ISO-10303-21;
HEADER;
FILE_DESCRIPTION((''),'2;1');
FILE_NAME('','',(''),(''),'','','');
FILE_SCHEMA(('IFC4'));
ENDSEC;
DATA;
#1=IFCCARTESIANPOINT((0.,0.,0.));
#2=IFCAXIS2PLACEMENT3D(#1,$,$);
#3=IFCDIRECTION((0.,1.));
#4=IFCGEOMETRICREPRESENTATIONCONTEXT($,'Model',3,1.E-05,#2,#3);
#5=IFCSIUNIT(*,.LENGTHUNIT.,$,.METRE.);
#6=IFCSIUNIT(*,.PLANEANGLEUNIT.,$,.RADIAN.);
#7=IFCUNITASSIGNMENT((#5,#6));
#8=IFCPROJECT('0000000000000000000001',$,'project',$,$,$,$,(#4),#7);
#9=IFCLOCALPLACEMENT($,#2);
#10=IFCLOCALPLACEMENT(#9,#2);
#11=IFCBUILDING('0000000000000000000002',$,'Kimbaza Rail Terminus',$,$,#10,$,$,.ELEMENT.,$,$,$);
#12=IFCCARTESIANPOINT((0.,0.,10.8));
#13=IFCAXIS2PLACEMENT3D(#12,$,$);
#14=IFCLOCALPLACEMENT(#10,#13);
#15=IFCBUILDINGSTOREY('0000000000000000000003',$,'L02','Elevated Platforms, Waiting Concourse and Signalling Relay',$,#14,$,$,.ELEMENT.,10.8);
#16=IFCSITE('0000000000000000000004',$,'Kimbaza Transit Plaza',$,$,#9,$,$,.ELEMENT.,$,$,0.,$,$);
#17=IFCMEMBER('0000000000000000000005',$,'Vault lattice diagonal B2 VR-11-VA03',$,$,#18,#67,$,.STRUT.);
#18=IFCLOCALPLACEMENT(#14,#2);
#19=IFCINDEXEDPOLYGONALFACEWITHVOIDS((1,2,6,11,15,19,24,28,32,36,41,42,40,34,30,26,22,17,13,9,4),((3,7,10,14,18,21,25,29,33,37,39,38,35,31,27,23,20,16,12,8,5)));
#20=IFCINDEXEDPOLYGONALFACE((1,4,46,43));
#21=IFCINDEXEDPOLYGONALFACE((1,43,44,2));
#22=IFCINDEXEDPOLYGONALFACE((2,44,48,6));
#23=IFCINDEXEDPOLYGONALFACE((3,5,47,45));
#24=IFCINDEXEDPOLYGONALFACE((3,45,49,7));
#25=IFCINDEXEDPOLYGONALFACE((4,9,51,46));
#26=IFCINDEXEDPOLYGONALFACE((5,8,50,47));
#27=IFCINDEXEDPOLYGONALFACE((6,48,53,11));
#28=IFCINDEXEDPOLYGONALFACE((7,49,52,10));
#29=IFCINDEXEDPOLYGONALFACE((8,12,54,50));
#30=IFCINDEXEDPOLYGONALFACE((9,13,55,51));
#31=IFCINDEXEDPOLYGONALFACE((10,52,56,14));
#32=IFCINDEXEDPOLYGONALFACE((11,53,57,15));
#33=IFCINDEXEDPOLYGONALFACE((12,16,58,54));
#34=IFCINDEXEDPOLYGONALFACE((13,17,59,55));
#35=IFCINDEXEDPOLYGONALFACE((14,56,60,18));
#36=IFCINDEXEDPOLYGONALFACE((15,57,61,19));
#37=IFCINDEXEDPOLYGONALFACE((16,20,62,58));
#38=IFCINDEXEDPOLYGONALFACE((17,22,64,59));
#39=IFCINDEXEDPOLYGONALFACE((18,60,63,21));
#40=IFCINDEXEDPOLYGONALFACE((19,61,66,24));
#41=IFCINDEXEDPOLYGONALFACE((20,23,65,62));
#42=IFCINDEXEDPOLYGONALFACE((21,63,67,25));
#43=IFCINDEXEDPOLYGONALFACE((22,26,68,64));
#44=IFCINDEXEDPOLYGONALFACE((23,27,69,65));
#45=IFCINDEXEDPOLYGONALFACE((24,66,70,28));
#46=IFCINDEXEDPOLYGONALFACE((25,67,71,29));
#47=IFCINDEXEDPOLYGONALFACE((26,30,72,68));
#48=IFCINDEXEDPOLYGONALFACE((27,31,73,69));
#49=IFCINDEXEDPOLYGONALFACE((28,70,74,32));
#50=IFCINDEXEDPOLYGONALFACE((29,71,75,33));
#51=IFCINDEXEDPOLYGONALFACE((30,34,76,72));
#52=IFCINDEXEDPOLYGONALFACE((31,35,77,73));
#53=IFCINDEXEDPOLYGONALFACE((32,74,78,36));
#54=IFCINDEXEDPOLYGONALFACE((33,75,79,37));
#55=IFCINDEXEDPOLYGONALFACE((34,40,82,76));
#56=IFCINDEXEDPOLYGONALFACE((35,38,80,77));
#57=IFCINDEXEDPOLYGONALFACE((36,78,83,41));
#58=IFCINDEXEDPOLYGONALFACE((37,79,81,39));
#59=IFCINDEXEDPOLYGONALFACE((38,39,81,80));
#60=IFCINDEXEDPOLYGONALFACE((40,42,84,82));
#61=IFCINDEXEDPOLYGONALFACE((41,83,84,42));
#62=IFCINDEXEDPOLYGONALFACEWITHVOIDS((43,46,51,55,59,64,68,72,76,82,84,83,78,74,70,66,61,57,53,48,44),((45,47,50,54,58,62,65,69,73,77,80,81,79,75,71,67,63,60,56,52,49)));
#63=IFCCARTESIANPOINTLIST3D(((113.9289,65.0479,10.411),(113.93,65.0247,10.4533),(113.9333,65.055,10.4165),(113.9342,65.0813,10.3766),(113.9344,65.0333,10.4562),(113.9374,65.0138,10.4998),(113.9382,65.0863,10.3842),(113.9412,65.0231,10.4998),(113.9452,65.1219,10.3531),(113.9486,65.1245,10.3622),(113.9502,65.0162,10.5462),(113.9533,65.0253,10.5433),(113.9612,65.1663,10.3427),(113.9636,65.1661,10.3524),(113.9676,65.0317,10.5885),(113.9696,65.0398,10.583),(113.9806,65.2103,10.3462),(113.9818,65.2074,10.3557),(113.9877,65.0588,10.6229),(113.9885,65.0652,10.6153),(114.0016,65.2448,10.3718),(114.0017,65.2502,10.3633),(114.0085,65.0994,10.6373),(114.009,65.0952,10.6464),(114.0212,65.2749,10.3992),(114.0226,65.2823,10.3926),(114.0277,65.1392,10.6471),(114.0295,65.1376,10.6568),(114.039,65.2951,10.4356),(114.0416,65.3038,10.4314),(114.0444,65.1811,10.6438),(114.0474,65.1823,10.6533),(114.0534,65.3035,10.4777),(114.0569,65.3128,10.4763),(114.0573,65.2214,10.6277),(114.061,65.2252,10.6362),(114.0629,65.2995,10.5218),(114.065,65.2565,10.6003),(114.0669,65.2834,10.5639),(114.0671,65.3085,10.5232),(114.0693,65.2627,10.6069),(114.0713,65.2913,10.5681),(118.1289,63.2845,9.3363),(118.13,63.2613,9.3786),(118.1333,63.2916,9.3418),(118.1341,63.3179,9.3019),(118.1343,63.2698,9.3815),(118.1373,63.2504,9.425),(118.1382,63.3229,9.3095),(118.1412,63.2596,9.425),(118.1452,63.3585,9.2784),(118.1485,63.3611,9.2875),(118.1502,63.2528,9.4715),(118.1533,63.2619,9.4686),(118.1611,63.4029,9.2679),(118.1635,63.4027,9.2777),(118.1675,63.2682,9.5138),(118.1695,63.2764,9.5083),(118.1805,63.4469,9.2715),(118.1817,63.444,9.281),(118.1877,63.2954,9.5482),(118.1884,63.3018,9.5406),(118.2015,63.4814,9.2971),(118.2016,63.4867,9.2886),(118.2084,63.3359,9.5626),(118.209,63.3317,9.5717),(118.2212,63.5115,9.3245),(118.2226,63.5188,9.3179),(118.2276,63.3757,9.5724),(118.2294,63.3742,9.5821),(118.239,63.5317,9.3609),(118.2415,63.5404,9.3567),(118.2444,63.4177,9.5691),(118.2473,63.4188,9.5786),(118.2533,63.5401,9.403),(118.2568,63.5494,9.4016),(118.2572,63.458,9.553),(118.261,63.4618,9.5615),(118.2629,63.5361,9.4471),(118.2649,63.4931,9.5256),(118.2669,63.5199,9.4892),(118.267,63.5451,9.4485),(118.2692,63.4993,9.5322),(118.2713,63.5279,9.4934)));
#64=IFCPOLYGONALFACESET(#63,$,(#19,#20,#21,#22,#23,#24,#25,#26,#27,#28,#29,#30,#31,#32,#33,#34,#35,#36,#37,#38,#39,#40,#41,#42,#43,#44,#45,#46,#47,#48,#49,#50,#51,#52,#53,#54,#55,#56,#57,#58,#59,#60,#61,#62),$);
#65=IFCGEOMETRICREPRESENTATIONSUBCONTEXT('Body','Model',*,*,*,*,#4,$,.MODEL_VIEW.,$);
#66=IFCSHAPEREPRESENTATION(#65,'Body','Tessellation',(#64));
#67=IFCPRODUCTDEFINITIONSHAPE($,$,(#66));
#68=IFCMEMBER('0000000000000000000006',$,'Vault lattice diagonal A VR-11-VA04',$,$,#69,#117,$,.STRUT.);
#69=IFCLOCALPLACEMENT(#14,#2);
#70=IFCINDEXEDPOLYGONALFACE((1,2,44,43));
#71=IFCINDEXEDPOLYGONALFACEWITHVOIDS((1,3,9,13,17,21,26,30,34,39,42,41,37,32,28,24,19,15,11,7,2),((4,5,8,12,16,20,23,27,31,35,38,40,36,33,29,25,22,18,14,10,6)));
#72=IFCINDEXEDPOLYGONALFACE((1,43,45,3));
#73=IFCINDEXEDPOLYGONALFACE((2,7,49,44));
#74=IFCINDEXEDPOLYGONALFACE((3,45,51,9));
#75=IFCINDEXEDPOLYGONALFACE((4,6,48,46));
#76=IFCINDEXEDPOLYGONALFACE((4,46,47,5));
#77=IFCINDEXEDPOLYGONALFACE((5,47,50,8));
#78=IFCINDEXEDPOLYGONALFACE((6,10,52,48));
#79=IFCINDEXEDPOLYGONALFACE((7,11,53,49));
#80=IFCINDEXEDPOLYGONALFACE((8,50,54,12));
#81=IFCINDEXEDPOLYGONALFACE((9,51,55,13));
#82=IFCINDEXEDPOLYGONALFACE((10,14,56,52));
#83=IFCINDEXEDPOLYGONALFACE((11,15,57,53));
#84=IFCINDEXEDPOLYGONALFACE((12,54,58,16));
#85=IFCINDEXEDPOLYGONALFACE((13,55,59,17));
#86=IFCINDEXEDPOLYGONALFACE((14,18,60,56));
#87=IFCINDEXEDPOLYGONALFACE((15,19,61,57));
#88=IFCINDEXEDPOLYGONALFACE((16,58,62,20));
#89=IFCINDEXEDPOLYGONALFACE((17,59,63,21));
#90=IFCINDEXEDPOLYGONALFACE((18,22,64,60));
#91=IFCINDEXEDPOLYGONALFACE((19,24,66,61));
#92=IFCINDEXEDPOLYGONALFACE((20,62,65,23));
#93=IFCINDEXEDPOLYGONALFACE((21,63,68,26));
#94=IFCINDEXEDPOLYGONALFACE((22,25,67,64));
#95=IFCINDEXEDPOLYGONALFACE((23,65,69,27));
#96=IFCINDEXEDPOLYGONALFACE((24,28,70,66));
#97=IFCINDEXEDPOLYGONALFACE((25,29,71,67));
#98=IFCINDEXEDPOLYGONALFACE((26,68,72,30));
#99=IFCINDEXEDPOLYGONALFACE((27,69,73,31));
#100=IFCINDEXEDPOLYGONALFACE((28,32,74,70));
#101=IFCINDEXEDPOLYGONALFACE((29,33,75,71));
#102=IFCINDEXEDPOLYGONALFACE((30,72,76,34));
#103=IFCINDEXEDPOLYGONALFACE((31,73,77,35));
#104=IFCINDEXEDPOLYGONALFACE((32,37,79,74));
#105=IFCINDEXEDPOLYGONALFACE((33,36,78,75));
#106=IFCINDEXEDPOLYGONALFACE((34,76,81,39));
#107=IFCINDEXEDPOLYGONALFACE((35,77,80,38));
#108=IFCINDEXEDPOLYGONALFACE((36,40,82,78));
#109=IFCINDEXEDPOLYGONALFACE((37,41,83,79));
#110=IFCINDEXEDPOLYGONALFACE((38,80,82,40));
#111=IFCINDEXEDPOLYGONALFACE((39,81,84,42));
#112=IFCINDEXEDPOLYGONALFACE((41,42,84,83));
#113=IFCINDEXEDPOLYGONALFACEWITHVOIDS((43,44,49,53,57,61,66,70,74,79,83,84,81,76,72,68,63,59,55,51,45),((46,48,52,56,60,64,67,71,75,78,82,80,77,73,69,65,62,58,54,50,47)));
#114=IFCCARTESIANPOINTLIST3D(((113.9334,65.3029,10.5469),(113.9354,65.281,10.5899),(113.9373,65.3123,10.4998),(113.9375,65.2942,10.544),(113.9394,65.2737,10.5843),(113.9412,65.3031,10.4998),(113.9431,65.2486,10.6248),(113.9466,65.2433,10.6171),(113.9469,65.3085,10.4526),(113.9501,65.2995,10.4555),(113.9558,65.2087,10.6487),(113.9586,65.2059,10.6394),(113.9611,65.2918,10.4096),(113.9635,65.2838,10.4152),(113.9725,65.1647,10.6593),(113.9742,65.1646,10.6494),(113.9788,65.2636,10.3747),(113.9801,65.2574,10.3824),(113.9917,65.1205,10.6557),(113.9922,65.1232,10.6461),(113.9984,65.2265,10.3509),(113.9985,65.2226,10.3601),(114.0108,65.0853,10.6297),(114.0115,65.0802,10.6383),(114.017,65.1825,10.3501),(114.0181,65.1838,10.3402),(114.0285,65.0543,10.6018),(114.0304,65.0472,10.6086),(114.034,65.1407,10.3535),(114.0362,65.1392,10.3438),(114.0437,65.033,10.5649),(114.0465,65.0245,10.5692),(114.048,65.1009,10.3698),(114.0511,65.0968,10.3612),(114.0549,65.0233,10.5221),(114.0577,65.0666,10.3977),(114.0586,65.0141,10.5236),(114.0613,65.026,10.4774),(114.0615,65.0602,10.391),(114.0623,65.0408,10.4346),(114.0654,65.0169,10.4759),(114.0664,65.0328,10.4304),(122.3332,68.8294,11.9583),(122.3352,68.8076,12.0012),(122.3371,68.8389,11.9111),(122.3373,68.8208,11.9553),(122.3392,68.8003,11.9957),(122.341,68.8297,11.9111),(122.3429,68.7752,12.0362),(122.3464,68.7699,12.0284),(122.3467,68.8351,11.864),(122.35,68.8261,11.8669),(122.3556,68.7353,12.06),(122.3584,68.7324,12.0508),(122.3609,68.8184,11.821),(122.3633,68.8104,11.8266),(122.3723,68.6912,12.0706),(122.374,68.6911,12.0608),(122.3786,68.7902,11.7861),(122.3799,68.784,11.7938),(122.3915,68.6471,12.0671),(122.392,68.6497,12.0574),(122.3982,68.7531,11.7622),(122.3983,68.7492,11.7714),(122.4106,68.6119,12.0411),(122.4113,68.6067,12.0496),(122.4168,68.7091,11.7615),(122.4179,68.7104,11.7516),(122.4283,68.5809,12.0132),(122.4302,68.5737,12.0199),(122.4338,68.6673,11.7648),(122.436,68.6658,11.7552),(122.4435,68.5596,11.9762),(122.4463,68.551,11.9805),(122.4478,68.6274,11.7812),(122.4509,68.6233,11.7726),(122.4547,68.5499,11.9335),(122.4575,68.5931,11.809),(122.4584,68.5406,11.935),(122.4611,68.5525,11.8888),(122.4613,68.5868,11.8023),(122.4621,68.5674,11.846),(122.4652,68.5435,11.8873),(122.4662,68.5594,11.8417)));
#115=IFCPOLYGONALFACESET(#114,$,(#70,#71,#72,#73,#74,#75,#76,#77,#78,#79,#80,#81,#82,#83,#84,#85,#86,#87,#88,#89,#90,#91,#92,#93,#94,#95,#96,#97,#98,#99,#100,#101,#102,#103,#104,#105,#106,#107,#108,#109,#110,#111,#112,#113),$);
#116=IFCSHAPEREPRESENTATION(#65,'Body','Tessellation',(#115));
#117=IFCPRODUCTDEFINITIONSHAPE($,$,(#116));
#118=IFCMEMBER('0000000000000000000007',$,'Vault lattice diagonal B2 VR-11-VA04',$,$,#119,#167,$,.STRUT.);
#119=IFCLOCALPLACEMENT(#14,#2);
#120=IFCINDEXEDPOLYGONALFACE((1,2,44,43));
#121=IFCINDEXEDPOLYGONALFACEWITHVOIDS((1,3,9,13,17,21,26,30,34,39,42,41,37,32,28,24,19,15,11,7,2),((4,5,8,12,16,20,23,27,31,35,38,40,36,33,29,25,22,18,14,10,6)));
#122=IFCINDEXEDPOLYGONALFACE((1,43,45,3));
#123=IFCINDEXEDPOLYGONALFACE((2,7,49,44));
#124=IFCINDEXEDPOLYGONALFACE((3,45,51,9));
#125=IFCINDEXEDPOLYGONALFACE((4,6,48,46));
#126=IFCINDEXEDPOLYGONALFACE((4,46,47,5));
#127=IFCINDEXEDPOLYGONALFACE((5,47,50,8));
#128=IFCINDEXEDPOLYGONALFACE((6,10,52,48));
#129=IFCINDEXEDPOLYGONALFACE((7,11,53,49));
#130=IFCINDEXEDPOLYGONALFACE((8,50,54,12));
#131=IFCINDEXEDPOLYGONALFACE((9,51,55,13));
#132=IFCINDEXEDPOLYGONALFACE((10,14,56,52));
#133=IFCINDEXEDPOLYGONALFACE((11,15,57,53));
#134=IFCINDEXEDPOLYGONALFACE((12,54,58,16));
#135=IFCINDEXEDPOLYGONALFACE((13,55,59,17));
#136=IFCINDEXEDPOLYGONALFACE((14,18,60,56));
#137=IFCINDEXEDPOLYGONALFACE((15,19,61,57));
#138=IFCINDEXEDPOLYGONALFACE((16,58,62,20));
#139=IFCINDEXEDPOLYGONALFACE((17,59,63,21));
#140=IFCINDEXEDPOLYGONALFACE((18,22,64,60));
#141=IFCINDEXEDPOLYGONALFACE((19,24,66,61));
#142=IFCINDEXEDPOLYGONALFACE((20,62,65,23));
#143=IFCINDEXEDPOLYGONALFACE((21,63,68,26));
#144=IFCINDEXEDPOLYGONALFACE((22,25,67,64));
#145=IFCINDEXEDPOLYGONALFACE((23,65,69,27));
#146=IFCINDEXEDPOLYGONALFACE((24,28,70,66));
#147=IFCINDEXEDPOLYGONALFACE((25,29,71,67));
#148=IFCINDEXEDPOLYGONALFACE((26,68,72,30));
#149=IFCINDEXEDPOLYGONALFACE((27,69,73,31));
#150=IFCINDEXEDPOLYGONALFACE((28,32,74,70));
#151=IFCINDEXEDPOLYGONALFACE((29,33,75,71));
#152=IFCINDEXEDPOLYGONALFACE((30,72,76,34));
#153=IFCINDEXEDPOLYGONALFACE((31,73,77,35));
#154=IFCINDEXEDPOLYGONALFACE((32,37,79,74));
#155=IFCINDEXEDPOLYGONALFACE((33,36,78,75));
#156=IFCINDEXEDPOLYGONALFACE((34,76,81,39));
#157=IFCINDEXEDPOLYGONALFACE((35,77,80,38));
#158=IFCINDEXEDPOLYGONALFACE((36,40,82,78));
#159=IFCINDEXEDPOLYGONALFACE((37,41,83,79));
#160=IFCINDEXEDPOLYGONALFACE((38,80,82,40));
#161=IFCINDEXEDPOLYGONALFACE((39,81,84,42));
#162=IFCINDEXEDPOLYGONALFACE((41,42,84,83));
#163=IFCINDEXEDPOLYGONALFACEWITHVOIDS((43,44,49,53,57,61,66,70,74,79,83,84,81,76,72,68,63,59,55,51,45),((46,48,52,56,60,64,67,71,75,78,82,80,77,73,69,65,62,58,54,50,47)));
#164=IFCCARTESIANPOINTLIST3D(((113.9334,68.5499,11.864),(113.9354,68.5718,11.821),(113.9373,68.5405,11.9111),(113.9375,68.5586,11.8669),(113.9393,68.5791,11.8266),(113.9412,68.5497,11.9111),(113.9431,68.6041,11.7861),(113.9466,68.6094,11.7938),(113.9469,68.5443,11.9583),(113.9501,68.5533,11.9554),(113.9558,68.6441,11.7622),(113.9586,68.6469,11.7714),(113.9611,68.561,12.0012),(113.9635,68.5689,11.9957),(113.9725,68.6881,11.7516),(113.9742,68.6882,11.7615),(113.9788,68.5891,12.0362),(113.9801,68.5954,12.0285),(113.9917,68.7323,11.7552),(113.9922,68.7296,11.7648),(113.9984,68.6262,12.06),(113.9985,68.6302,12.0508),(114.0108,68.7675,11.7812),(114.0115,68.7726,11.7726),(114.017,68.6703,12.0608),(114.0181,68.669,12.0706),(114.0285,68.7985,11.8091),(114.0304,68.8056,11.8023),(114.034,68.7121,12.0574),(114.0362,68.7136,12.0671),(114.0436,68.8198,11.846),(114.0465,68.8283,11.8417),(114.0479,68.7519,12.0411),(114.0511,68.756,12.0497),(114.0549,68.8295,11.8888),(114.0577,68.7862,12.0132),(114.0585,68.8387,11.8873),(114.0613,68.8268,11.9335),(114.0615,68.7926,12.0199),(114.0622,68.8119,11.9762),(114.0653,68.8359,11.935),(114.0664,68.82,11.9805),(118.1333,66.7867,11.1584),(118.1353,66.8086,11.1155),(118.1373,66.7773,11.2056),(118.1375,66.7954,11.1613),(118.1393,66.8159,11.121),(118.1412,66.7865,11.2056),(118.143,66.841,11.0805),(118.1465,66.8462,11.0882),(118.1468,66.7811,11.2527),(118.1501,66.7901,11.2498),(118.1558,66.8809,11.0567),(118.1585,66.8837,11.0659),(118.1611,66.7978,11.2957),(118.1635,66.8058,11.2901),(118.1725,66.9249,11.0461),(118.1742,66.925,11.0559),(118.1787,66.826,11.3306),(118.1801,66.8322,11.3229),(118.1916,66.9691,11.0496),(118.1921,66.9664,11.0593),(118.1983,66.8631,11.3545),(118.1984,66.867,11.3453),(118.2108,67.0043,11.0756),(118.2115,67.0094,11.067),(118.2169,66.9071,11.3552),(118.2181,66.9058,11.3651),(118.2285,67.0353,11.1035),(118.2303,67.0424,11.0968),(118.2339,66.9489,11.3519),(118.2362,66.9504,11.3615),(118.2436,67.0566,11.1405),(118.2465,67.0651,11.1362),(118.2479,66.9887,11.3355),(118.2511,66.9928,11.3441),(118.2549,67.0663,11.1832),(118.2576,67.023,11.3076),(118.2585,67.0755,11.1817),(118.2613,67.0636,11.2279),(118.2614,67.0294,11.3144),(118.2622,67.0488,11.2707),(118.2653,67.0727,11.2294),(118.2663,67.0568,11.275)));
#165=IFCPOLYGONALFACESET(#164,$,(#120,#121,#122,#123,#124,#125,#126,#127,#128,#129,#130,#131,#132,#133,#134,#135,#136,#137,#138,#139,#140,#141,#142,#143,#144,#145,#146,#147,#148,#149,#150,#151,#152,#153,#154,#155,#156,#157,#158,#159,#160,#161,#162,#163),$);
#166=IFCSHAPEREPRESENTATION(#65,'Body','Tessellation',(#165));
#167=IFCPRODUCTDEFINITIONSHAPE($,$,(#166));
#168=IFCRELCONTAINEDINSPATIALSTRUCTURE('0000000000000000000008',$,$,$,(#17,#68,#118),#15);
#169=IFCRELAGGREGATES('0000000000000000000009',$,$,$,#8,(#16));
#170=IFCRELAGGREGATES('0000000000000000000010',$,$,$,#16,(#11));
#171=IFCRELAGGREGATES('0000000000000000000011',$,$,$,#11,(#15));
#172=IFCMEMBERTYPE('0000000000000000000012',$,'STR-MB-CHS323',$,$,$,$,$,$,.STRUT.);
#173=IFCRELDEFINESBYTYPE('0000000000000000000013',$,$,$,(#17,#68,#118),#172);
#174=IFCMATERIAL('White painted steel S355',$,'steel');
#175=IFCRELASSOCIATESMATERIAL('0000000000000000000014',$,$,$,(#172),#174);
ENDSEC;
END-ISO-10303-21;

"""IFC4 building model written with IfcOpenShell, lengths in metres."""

from ifc_helpers import new_model, si_unit, direction, frame, origin, origin_2d, place, context, subcontext, project, spatial, hollow_circle, extrude, material, material_profile, profile_set, type_object, element, save


model = new_model("IFC4")

# Units and contexts
model_context = context("Model", 3, precision=1e-05, world=origin(), true_north=direction((0.0, 1.0)))
body_context = subcontext(model_context, "Body", "Model", "MODEL_VIEW")
ifc_project = project(units=[si_unit("LENGTHUNIT", "METRE"), si_unit("PLANEANGLEUNIT", "RADIAN")], contexts=[model_context])

# Site, building, storey
site_placement = place(None, origin())
site = spatial("IfcSite", under=ifc_project, at=site_placement, Name="Kimbaza Transit Plaza", CompositionType="ELEMENT", RefElevation=0.0)
building_placement = place(site_placement, origin())
building = spatial("IfcBuilding", under=site, at=building_placement, Name="Kimbaza Rail Terminus", CompositionType="ELEMENT")
storey_placement = place(building_placement, frame((0.0, 0.0, 10.8)))
storey = spatial("IfcBuildingStorey", under=building, at=storey_placement, Name="L02", Description="Elevated Platforms, Waiting Concourse and Signalling Relay", CompositionType="ELEMENT", Elevation=10.8)

# Members
ifc_material_1 = material(Name="White painted steel S355", Category="steel")
ifc_material_profile_1 = material_profile(ifc_material_1, hollow_circle(Radius=0.1619, WallThickness=0.01, at=origin_2d()), Name="CHS 323.9x10")
ifc_profile_set_1 = profile_set([ifc_material_profile_1], Name="White painted steel S355")
member_type_1 = type_object("IfcMemberType", Name="STR-MB-CHS323", PredefinedType="STRUT", material=ifc_profile_set_1)
for number, where, z_axis, x_axis, name in (
    (1, (118.2, 63.3997, 9.425), (-0.897387, 0.376785, 0.229628), (-0.38713, -0.922025, 0.0), "Vault lattice diagonal B2 VR-11-VA03"),
):
    element("IfcMember", number, at=place(storey_placement, frame(where, z_axis=z_axis, x_axis=x_axis)), inside=storey, type_object=member_type_1, Name=name, PredefinedType="STRUT", context=body_context, shape_type="SweptSolid", body=[
        extrude(hollow_circle(Radius=0.1619, WallThickness=0.01, at=origin_2d()), origin(), (0.0, 0.0, 1.0), 4.6802),
    ])
member_1_placement = place(storey_placement, frame((114.0, 65.1631, 10.4998), z_axis=(0.911165, 0.382543, 0.153097), x_axis=(-0.387107, 0.922035, 0.0)))
element("IfcMember", 2, at=member_1_placement, inside=storey, type_object=member_type_1, Name="Vault lattice diagonal A VR-11-VA04", PredefinedType="STRUT", context=body_context, shape_type="SweptSolid", body=[
    extrude(hollow_circle(Radius=0.1619, WallThickness=0.01, at=origin_2d()), origin(), (0.0, 0.0, 1.0), 9.2188),
])
member_2_placement = place(storey_placement, frame((118.2, 66.9265, 11.2056), z_axis=(-0.911178, 0.382522, 0.153072), x_axis=(-0.387084, -0.922044, 0.0)))
element("IfcMember", 3, at=member_2_placement, inside=storey, type_object=member_type_1, Name="Vault lattice diagonal B2 VR-11-VA04", PredefinedType="STRUT", context=body_context, shape_type="SweptSolid", body=[
    extrude(hollow_circle(Radius=0.1619, WallThickness=0.01, at=origin_2d()), origin(), (0.0, 0.0, 1.0), 4.6094),
])

save(model, "model.ifc")
